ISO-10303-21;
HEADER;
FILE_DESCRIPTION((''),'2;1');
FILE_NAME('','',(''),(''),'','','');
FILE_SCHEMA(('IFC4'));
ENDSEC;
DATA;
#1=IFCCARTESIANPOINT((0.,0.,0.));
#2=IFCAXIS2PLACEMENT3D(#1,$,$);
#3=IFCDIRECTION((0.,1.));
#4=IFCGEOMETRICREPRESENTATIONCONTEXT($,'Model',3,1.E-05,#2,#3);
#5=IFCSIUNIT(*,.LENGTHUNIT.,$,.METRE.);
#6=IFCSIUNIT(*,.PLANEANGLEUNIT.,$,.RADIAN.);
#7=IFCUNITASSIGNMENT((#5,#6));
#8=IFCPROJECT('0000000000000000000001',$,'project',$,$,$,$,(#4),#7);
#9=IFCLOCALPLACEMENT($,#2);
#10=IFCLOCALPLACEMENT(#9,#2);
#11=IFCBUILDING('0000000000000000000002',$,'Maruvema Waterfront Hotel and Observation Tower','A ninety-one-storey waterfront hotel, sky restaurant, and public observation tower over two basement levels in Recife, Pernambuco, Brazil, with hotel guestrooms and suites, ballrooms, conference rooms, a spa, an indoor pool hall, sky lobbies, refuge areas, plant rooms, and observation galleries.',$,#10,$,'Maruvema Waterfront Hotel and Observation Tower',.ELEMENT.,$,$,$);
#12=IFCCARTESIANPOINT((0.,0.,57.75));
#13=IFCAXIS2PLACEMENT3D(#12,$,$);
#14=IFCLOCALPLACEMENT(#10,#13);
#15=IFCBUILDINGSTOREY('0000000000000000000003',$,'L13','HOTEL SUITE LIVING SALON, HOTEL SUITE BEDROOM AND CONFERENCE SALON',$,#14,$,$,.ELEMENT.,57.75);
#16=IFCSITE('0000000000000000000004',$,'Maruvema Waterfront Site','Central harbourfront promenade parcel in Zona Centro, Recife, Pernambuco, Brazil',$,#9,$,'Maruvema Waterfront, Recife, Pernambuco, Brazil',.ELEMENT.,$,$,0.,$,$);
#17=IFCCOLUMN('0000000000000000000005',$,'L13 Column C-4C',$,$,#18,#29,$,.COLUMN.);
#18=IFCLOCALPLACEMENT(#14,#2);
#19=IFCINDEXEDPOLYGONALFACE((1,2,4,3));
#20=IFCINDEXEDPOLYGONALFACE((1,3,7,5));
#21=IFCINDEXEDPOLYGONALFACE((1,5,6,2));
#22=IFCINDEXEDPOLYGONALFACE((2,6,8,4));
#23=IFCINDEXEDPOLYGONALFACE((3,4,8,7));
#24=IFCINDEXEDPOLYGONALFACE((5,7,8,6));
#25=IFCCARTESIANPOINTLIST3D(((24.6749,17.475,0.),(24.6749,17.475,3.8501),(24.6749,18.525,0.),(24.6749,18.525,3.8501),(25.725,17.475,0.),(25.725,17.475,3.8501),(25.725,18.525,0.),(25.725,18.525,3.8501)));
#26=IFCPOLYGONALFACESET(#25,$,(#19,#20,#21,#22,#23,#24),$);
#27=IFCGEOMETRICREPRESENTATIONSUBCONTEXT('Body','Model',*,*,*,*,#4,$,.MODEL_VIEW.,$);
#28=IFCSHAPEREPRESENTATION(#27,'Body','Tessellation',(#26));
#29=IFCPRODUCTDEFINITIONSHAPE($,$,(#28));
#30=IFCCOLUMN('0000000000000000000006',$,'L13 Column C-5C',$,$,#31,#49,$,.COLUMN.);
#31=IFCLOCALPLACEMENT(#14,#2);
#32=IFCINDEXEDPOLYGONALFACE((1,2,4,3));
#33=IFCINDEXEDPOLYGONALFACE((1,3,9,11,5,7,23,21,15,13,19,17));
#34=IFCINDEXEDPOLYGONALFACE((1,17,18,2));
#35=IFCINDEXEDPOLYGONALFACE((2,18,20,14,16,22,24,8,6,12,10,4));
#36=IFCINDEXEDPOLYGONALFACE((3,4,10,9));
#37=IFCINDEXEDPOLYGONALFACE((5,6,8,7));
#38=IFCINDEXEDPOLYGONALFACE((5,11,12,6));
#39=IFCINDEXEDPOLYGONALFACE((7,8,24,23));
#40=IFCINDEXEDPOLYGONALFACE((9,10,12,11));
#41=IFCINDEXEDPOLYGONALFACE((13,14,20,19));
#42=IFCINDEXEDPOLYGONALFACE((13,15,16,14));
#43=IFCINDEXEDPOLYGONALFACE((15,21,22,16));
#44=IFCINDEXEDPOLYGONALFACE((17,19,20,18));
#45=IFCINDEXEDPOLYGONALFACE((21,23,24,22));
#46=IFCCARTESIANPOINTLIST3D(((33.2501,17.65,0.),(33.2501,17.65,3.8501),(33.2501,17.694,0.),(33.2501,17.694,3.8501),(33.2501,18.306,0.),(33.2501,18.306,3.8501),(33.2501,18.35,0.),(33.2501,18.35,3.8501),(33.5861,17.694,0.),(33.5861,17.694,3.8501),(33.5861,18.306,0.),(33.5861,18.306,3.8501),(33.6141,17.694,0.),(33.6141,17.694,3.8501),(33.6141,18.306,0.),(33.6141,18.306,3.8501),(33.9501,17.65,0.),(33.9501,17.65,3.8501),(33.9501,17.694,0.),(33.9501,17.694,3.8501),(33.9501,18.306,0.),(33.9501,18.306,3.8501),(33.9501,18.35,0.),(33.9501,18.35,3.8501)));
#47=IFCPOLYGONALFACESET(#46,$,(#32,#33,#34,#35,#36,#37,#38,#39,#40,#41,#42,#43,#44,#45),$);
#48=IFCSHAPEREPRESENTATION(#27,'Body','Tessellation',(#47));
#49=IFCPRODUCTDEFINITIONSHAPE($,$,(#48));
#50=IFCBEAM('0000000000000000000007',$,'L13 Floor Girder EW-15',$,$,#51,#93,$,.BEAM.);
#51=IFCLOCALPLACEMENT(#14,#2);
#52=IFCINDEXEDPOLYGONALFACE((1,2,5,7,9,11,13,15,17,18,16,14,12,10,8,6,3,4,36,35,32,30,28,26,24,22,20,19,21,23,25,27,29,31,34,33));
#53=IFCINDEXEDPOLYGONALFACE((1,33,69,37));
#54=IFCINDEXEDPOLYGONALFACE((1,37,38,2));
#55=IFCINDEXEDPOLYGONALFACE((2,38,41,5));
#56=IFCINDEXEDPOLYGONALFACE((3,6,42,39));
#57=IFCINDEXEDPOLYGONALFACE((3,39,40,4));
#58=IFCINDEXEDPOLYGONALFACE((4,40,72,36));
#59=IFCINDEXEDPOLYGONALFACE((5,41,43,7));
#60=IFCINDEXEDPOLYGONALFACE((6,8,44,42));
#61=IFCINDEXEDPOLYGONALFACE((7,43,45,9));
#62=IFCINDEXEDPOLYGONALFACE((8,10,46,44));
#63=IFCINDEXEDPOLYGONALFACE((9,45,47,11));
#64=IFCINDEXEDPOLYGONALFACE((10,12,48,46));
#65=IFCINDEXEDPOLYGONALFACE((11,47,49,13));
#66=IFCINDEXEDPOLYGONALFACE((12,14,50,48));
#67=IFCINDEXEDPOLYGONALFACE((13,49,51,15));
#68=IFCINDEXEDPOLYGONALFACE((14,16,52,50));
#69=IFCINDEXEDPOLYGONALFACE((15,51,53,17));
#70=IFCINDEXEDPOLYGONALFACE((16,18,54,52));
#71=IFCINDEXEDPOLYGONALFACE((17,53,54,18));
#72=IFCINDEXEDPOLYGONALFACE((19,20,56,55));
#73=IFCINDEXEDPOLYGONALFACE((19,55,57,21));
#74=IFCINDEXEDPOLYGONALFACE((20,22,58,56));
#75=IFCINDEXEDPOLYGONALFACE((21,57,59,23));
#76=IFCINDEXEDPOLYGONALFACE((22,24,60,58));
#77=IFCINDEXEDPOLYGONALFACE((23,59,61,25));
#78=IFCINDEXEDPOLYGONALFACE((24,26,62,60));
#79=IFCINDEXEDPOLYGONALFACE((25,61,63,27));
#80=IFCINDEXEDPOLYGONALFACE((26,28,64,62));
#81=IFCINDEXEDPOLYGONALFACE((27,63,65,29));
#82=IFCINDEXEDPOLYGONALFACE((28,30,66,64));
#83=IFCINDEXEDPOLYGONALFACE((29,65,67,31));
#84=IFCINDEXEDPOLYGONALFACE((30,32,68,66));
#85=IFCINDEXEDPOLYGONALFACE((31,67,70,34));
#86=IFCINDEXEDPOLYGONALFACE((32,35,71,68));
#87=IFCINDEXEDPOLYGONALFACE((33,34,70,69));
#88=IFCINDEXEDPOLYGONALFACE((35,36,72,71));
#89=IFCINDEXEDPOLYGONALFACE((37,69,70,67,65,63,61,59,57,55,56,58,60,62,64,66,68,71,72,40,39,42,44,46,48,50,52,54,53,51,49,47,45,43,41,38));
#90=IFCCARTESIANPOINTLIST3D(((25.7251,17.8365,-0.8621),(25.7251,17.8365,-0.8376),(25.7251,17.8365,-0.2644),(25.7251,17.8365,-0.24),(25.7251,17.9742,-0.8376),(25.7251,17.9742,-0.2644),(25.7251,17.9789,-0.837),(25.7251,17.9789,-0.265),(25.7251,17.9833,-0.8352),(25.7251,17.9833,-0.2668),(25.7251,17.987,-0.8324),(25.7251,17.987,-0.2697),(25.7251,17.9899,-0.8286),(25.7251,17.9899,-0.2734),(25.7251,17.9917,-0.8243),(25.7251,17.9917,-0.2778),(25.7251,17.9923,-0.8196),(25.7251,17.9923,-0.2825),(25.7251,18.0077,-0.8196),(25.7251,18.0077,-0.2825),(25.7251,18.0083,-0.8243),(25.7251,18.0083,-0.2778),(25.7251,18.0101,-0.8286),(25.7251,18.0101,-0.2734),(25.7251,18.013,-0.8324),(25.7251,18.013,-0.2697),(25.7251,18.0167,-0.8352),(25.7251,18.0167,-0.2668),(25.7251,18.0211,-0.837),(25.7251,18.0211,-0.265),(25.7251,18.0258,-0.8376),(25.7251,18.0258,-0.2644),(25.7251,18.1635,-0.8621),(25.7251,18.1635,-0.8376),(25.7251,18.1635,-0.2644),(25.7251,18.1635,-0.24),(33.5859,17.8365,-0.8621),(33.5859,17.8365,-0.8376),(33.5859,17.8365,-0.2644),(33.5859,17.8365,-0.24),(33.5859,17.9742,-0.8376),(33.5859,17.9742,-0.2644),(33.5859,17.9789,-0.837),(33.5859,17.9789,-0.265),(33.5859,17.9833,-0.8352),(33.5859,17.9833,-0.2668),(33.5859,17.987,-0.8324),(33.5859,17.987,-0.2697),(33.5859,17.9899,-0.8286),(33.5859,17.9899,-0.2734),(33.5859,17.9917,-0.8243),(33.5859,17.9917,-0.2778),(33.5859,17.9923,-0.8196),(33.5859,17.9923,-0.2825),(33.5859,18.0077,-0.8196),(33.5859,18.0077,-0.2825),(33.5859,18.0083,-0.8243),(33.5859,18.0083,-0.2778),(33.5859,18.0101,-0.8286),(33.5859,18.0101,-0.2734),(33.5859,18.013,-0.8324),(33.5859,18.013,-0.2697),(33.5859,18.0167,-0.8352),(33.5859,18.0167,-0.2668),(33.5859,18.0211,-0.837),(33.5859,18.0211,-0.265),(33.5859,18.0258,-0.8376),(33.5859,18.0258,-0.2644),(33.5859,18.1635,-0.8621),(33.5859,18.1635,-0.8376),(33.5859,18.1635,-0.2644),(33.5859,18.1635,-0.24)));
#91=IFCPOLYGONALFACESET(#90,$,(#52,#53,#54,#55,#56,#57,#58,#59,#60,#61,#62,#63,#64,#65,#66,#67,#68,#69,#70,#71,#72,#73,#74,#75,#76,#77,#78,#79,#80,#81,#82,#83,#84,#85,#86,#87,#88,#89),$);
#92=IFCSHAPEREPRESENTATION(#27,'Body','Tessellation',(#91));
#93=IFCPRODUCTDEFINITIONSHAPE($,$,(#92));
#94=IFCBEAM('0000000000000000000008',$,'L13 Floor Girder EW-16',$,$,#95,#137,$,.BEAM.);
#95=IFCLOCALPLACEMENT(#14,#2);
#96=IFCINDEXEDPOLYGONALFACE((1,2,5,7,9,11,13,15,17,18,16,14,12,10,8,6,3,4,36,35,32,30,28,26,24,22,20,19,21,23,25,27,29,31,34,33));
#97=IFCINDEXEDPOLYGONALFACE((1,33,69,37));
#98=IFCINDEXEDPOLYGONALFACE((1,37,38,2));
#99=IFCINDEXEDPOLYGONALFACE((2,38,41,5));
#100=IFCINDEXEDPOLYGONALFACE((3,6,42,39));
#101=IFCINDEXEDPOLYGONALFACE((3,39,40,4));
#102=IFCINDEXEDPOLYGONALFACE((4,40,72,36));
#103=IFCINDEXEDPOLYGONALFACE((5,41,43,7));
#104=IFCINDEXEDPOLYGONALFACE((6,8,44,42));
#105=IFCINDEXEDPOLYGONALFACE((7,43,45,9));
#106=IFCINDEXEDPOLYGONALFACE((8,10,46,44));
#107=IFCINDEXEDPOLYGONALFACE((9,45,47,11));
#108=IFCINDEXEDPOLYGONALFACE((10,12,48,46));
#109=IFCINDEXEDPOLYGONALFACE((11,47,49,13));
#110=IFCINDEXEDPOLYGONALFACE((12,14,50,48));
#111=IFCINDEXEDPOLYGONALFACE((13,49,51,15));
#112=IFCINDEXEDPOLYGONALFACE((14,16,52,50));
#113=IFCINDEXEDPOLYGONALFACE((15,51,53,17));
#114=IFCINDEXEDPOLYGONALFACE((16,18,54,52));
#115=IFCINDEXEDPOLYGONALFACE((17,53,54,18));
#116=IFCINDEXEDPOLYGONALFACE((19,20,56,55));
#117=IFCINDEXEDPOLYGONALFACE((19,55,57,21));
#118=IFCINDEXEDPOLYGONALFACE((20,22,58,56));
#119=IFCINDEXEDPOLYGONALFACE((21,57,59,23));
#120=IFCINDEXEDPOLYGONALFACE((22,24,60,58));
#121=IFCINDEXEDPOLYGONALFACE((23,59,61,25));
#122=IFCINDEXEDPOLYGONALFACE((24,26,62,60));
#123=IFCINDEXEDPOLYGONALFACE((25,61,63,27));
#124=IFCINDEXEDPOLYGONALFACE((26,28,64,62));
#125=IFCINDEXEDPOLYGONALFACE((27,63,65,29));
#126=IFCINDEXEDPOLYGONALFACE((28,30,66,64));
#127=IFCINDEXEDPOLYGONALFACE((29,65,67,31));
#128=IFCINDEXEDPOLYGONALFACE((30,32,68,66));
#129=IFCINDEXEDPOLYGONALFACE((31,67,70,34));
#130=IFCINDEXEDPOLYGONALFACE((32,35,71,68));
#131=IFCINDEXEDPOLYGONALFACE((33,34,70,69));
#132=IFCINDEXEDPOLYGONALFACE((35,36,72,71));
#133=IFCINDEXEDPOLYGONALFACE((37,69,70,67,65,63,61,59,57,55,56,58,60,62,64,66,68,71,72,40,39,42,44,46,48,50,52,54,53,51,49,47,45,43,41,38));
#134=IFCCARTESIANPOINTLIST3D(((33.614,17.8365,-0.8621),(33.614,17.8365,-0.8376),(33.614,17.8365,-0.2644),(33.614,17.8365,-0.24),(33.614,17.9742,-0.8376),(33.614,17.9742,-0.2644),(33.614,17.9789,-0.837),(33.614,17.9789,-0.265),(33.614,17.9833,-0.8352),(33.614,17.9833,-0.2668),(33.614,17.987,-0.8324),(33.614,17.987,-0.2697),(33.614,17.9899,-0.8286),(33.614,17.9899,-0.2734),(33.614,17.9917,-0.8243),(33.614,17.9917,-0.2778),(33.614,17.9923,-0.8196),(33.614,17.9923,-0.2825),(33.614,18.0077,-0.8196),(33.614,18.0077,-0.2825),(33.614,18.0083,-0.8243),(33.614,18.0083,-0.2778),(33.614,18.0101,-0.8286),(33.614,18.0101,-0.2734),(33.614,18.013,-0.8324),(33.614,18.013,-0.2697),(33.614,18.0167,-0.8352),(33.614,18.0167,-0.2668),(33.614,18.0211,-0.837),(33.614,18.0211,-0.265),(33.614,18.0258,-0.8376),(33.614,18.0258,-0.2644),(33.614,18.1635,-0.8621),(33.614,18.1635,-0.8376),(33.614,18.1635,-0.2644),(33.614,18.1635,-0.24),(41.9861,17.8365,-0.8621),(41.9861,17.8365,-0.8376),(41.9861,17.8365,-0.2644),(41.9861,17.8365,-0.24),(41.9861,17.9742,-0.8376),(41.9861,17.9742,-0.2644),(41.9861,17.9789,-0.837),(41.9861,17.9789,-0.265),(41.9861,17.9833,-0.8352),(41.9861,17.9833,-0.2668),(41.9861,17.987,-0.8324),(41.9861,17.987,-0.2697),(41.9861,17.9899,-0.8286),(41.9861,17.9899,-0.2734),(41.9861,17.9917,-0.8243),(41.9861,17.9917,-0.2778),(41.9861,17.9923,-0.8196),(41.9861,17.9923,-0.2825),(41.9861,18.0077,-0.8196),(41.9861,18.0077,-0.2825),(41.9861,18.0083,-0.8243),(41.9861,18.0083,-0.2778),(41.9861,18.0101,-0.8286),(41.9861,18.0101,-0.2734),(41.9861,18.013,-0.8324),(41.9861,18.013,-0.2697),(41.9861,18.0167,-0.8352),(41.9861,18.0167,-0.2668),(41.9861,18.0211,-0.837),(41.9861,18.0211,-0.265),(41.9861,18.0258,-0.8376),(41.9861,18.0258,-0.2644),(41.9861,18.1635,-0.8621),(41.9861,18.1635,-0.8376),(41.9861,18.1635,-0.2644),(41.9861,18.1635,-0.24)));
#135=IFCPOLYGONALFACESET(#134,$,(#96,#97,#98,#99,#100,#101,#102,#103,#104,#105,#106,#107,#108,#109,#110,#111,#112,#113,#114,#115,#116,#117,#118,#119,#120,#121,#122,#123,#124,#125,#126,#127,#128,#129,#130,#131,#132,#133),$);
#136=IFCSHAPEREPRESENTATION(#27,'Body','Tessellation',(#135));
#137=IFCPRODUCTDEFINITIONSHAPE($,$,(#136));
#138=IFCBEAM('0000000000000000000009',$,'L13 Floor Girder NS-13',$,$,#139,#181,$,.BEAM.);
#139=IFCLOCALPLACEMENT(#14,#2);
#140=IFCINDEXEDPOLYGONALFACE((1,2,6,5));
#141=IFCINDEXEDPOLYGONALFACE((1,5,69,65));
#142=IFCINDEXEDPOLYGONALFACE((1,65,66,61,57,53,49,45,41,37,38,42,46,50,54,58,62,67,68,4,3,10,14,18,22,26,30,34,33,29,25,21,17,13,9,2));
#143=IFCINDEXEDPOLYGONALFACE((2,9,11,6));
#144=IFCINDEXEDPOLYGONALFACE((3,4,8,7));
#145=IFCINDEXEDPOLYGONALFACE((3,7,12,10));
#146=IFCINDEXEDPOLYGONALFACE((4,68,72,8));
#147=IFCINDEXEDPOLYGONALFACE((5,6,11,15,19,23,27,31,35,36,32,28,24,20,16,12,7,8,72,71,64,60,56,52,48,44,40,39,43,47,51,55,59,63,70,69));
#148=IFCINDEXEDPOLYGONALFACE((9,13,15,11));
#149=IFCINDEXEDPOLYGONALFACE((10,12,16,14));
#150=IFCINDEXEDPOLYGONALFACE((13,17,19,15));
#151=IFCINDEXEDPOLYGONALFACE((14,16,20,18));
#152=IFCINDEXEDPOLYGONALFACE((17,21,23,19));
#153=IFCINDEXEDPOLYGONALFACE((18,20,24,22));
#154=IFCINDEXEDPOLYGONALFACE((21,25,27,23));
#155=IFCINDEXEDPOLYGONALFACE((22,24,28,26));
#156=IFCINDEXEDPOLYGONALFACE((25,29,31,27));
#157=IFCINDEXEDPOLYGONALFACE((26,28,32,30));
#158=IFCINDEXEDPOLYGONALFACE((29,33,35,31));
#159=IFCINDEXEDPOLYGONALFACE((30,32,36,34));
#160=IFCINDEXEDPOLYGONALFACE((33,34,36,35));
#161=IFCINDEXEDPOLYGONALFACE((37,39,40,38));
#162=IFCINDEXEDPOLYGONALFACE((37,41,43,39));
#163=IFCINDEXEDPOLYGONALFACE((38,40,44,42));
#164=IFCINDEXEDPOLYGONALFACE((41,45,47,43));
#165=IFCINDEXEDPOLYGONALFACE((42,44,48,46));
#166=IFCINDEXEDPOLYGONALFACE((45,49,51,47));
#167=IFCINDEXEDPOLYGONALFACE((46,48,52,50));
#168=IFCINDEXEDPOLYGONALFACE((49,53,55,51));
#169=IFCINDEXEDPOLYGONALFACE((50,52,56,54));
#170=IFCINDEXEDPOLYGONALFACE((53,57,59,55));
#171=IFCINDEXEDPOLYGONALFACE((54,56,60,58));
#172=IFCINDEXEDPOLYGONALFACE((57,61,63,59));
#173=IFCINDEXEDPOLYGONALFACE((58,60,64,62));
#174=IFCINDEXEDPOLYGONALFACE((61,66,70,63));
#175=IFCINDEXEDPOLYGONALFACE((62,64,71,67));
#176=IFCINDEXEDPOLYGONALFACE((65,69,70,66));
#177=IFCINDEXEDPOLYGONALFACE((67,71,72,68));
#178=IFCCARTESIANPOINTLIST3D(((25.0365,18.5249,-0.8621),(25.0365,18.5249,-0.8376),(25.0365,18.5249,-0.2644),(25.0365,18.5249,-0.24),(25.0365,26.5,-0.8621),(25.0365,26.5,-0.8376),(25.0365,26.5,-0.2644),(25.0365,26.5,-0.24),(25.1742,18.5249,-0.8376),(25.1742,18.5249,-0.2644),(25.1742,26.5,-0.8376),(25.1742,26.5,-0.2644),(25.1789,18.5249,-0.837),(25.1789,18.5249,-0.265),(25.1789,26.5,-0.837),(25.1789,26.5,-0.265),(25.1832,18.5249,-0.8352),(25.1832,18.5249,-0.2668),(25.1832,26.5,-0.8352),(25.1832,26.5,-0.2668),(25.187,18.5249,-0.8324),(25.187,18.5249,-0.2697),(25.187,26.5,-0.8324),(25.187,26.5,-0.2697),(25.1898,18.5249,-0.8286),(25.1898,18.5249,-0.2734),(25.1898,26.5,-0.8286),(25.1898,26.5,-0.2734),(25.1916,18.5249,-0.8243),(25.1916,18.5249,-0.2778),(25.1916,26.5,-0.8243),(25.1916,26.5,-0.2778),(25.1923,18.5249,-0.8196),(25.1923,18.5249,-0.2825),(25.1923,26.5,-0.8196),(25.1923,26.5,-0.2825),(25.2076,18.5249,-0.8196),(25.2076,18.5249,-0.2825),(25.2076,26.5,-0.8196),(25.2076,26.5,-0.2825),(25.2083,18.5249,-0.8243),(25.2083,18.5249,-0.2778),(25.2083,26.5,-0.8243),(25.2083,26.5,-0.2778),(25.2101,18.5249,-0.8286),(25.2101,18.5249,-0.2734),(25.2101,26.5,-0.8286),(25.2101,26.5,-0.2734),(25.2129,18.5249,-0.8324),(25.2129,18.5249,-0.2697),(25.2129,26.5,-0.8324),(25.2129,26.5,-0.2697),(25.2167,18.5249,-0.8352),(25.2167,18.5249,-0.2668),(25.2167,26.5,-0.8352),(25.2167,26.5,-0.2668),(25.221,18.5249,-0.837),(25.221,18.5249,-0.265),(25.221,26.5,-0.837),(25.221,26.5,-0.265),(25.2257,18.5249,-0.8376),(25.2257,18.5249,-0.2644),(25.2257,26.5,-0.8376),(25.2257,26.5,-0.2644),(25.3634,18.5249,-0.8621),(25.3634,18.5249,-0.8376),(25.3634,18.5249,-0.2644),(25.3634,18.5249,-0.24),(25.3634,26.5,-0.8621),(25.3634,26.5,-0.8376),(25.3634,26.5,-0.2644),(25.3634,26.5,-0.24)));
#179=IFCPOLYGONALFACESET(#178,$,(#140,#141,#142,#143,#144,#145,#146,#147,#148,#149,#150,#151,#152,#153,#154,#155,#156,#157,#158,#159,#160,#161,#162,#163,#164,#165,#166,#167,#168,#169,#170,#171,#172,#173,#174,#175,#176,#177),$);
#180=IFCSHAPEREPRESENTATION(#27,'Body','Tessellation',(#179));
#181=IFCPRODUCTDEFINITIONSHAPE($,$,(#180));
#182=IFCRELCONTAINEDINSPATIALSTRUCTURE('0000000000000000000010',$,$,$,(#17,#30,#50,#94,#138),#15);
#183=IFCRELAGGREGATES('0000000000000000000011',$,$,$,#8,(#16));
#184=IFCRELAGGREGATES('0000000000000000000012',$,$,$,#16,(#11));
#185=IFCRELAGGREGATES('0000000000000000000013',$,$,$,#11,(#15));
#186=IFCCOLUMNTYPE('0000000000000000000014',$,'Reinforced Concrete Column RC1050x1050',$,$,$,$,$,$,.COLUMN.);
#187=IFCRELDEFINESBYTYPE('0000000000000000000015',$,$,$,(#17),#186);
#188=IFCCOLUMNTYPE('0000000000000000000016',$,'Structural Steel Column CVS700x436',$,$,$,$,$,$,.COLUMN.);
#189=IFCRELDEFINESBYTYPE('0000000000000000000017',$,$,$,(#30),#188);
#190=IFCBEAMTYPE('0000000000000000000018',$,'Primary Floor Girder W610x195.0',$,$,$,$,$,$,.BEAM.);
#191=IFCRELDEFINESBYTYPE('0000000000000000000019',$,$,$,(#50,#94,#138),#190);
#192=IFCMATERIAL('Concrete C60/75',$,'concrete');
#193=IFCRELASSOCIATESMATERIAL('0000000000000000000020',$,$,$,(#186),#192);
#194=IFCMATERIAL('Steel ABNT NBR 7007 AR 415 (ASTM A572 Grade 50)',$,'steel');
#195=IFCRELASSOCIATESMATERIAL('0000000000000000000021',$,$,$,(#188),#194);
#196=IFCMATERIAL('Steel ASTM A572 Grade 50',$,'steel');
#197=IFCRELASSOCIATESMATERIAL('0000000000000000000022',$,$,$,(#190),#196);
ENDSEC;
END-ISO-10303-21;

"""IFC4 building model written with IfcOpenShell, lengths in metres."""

from ifc_helpers import new_model, si_unit, direction, frame, origin, origin_2d, place, context, subcontext, project, spatial, rectangle, i_section, extrude, material, material_profile, profile_set, type_object, element, save


model = new_model("IFC4")

# Units and contexts
model_context = context("Model", 3, precision=1e-05, world=origin(), true_north=direction((0.0, 1.0)))
body_context = subcontext(model_context, "Body", "Model", "MODEL_VIEW")
ifc_project = project(units=[si_unit("LENGTHUNIT", "METRE"), si_unit("PLANEANGLEUNIT", "RADIAN")], contexts=[model_context])

# Site, building, storey
site_placement = place(None, origin())
site = spatial("IfcSite", under=ifc_project, at=site_placement, Name="Maruvema Waterfront Site", Description="Central harbourfront promenade parcel in Zona Centro, Recife, Pernambuco, Brazil", LongName="Maruvema Waterfront, Recife, Pernambuco, Brazil", CompositionType="ELEMENT", RefElevation=0.0)
building_placement = place(site_placement, origin())
building = spatial("IfcBuilding", under=site, at=building_placement, Name="Maruvema Waterfront Hotel and Observation Tower", Description="A ninety-one-storey waterfront hotel, sky restaurant, and public observation tower over two basement levels in Recife, Pernambuco, Brazil, with hotel guestrooms and suites, ballrooms, conference rooms, a spa, an indoor pool hall, sky lobbies, refuge areas, plant rooms, and observation galleries.", LongName="Maruvema Waterfront Hotel and Observation Tower", CompositionType="ELEMENT")
storey_placement = place(building_placement, frame((0.0, 0.0, 57.75)))
storey = spatial("IfcBuildingStorey", under=building, at=storey_placement, Name="L13", Description="HOTEL SUITE LIVING SALON, HOTEL SUITE BEDROOM AND CONFERENCE SALON", CompositionType="ELEMENT", Elevation=57.75)

# Columns
ifc_material_1 = material(Name="Concrete C60/75", Category="concrete")
ifc_material_profile_1 = material_profile(ifc_material_1, rectangle(XDim=1.05, YDim=1.05, at=origin_2d()), Name="RC1050x1050")
ifc_profile_set_1 = profile_set([ifc_material_profile_1], Name="Concrete C60/75")
column_type_1 = type_object("IfcColumnType", Name="Reinforced Concrete Column RC1050x1050", PredefinedType="COLUMN", material=ifc_profile_set_1)
column_1_placement = place(storey_placement, frame((25.2, 18.0, 0.0), z_axis=(0.0, 0.0, 1.0), x_axis=(1.0, 0.0, 0.0)))
element("IfcColumn", 1, at=column_1_placement, inside=storey, type_object=column_type_1, Name="L13 Column C-4C", PredefinedType="COLUMN", context=body_context, shape_type="SweptSolid", body=[
    extrude(rectangle(XDim=1.05, YDim=1.05, at=origin_2d()), origin(), (0.0, 0.0, 1.0), 3.8501),
])
ifc_material_2 = material(Name="Steel ABNT NBR 7007 AR 415 (ASTM A572 Grade 50)", Category="steel")
ifc_material_profile_2 = material_profile(ifc_material_2, i_section(OverallWidth=0.7, OverallDepth=0.7, WebThickness=0.0281, FlangeThickness=0.0439, at=origin_2d()), Name="CVS700x436")
ifc_profile_set_2 = profile_set([ifc_material_profile_2], Name="Steel ABNT NBR 7007 AR 415 (ASTM A572 Grade 50)")
column_type_2 = type_object("IfcColumnType", Name="Structural Steel Column CVS700x436", PredefinedType="COLUMN", material=ifc_profile_set_2)
column_2_placement = place(storey_placement, frame((33.6001, 18.0, 0.0), z_axis=(0.0, 0.0, 1.0), x_axis=(1.0, 0.0, 0.0)))
element("IfcColumn", 2, at=column_2_placement, inside=storey, type_object=column_type_2, Name="L13 Column C-5C", PredefinedType="COLUMN", context=body_context, shape_type="SweptSolid", body=[
    extrude(i_section(OverallWidth=0.7, OverallDepth=0.7, WebThickness=0.0281, FlangeThickness=0.0439, at=origin_2d()), origin(), (0.0, 0.0, 1.0), 3.8501),
])

# Beams
ifc_material_3 = material(Name="Steel ASTM A572 Grade 50", Category="steel")
ifc_material_profile_3 = material_profile(ifc_material_3, i_section(OverallWidth=0.3269, OverallDepth=0.6221, WebThickness=0.0154, FlangeThickness=0.0244, FilletRadius=0.0181, at=origin_2d()), Name="W610x195.0")
ifc_profile_set_3 = profile_set([ifc_material_profile_3], Name="Steel ASTM A572 Grade 50")
beam_type_1 = type_object("IfcBeamType", Name="Primary Floor Girder W610x195.0", PredefinedType="BEAM", material=ifc_profile_set_3)
beam_1_placement = place(storey_placement, frame((25.7251, 18.0, -0.551), z_axis=(1.0, 0.0, 0.0), x_axis=(0.0, 1.0, 0.0)))
element("IfcBeam", 3, at=beam_1_placement, inside=storey, type_object=beam_type_1, Name="L13 Floor Girder EW-15", PredefinedType="BEAM", context=body_context, shape_type="SweptSolid", body=[
    extrude(i_section(OverallWidth=0.3269, OverallDepth=0.6221, WebThickness=0.0154, FlangeThickness=0.0244, FilletRadius=0.0181, at=origin_2d()), origin(), (0.0, 0.0, 1.0), 7.8608),
])
beam_2_placement = place(storey_placement, frame((33.614, 18.0, -0.551), z_axis=(1.0, 0.0, 0.0), x_axis=(0.0, 1.0, 0.0)))
element("IfcBeam", 4, at=beam_2_placement, inside=storey, type_object=beam_type_1, Name="L13 Floor Girder EW-16", PredefinedType="BEAM", context=body_context, shape_type="SweptSolid", body=[
    extrude(i_section(OverallWidth=0.3269, OverallDepth=0.6221, WebThickness=0.0154, FlangeThickness=0.0244, FilletRadius=0.0181, at=origin_2d()), origin(), (0.0, 0.0, 1.0), 8.3721),
])
beam_3_placement = place(storey_placement, frame((25.2, 18.5249, -0.551), z_axis=(0.0, 1.0, 0.0), x_axis=(-1.0, 0.0, 0.0)))
element("IfcBeam", 5, at=beam_3_placement, inside=storey, type_object=beam_type_1, Name="L13 Floor Girder NS-13", PredefinedType="BEAM", context=body_context, shape_type="SweptSolid", body=[
    extrude(i_section(OverallWidth=0.3269, OverallDepth=0.6221, WebThickness=0.0154, FlangeThickness=0.0244, FilletRadius=0.0181, at=origin_2d()), origin(), (0.0, 0.0, 1.0), 7.9751),
])

save(model, "model.ifc")
